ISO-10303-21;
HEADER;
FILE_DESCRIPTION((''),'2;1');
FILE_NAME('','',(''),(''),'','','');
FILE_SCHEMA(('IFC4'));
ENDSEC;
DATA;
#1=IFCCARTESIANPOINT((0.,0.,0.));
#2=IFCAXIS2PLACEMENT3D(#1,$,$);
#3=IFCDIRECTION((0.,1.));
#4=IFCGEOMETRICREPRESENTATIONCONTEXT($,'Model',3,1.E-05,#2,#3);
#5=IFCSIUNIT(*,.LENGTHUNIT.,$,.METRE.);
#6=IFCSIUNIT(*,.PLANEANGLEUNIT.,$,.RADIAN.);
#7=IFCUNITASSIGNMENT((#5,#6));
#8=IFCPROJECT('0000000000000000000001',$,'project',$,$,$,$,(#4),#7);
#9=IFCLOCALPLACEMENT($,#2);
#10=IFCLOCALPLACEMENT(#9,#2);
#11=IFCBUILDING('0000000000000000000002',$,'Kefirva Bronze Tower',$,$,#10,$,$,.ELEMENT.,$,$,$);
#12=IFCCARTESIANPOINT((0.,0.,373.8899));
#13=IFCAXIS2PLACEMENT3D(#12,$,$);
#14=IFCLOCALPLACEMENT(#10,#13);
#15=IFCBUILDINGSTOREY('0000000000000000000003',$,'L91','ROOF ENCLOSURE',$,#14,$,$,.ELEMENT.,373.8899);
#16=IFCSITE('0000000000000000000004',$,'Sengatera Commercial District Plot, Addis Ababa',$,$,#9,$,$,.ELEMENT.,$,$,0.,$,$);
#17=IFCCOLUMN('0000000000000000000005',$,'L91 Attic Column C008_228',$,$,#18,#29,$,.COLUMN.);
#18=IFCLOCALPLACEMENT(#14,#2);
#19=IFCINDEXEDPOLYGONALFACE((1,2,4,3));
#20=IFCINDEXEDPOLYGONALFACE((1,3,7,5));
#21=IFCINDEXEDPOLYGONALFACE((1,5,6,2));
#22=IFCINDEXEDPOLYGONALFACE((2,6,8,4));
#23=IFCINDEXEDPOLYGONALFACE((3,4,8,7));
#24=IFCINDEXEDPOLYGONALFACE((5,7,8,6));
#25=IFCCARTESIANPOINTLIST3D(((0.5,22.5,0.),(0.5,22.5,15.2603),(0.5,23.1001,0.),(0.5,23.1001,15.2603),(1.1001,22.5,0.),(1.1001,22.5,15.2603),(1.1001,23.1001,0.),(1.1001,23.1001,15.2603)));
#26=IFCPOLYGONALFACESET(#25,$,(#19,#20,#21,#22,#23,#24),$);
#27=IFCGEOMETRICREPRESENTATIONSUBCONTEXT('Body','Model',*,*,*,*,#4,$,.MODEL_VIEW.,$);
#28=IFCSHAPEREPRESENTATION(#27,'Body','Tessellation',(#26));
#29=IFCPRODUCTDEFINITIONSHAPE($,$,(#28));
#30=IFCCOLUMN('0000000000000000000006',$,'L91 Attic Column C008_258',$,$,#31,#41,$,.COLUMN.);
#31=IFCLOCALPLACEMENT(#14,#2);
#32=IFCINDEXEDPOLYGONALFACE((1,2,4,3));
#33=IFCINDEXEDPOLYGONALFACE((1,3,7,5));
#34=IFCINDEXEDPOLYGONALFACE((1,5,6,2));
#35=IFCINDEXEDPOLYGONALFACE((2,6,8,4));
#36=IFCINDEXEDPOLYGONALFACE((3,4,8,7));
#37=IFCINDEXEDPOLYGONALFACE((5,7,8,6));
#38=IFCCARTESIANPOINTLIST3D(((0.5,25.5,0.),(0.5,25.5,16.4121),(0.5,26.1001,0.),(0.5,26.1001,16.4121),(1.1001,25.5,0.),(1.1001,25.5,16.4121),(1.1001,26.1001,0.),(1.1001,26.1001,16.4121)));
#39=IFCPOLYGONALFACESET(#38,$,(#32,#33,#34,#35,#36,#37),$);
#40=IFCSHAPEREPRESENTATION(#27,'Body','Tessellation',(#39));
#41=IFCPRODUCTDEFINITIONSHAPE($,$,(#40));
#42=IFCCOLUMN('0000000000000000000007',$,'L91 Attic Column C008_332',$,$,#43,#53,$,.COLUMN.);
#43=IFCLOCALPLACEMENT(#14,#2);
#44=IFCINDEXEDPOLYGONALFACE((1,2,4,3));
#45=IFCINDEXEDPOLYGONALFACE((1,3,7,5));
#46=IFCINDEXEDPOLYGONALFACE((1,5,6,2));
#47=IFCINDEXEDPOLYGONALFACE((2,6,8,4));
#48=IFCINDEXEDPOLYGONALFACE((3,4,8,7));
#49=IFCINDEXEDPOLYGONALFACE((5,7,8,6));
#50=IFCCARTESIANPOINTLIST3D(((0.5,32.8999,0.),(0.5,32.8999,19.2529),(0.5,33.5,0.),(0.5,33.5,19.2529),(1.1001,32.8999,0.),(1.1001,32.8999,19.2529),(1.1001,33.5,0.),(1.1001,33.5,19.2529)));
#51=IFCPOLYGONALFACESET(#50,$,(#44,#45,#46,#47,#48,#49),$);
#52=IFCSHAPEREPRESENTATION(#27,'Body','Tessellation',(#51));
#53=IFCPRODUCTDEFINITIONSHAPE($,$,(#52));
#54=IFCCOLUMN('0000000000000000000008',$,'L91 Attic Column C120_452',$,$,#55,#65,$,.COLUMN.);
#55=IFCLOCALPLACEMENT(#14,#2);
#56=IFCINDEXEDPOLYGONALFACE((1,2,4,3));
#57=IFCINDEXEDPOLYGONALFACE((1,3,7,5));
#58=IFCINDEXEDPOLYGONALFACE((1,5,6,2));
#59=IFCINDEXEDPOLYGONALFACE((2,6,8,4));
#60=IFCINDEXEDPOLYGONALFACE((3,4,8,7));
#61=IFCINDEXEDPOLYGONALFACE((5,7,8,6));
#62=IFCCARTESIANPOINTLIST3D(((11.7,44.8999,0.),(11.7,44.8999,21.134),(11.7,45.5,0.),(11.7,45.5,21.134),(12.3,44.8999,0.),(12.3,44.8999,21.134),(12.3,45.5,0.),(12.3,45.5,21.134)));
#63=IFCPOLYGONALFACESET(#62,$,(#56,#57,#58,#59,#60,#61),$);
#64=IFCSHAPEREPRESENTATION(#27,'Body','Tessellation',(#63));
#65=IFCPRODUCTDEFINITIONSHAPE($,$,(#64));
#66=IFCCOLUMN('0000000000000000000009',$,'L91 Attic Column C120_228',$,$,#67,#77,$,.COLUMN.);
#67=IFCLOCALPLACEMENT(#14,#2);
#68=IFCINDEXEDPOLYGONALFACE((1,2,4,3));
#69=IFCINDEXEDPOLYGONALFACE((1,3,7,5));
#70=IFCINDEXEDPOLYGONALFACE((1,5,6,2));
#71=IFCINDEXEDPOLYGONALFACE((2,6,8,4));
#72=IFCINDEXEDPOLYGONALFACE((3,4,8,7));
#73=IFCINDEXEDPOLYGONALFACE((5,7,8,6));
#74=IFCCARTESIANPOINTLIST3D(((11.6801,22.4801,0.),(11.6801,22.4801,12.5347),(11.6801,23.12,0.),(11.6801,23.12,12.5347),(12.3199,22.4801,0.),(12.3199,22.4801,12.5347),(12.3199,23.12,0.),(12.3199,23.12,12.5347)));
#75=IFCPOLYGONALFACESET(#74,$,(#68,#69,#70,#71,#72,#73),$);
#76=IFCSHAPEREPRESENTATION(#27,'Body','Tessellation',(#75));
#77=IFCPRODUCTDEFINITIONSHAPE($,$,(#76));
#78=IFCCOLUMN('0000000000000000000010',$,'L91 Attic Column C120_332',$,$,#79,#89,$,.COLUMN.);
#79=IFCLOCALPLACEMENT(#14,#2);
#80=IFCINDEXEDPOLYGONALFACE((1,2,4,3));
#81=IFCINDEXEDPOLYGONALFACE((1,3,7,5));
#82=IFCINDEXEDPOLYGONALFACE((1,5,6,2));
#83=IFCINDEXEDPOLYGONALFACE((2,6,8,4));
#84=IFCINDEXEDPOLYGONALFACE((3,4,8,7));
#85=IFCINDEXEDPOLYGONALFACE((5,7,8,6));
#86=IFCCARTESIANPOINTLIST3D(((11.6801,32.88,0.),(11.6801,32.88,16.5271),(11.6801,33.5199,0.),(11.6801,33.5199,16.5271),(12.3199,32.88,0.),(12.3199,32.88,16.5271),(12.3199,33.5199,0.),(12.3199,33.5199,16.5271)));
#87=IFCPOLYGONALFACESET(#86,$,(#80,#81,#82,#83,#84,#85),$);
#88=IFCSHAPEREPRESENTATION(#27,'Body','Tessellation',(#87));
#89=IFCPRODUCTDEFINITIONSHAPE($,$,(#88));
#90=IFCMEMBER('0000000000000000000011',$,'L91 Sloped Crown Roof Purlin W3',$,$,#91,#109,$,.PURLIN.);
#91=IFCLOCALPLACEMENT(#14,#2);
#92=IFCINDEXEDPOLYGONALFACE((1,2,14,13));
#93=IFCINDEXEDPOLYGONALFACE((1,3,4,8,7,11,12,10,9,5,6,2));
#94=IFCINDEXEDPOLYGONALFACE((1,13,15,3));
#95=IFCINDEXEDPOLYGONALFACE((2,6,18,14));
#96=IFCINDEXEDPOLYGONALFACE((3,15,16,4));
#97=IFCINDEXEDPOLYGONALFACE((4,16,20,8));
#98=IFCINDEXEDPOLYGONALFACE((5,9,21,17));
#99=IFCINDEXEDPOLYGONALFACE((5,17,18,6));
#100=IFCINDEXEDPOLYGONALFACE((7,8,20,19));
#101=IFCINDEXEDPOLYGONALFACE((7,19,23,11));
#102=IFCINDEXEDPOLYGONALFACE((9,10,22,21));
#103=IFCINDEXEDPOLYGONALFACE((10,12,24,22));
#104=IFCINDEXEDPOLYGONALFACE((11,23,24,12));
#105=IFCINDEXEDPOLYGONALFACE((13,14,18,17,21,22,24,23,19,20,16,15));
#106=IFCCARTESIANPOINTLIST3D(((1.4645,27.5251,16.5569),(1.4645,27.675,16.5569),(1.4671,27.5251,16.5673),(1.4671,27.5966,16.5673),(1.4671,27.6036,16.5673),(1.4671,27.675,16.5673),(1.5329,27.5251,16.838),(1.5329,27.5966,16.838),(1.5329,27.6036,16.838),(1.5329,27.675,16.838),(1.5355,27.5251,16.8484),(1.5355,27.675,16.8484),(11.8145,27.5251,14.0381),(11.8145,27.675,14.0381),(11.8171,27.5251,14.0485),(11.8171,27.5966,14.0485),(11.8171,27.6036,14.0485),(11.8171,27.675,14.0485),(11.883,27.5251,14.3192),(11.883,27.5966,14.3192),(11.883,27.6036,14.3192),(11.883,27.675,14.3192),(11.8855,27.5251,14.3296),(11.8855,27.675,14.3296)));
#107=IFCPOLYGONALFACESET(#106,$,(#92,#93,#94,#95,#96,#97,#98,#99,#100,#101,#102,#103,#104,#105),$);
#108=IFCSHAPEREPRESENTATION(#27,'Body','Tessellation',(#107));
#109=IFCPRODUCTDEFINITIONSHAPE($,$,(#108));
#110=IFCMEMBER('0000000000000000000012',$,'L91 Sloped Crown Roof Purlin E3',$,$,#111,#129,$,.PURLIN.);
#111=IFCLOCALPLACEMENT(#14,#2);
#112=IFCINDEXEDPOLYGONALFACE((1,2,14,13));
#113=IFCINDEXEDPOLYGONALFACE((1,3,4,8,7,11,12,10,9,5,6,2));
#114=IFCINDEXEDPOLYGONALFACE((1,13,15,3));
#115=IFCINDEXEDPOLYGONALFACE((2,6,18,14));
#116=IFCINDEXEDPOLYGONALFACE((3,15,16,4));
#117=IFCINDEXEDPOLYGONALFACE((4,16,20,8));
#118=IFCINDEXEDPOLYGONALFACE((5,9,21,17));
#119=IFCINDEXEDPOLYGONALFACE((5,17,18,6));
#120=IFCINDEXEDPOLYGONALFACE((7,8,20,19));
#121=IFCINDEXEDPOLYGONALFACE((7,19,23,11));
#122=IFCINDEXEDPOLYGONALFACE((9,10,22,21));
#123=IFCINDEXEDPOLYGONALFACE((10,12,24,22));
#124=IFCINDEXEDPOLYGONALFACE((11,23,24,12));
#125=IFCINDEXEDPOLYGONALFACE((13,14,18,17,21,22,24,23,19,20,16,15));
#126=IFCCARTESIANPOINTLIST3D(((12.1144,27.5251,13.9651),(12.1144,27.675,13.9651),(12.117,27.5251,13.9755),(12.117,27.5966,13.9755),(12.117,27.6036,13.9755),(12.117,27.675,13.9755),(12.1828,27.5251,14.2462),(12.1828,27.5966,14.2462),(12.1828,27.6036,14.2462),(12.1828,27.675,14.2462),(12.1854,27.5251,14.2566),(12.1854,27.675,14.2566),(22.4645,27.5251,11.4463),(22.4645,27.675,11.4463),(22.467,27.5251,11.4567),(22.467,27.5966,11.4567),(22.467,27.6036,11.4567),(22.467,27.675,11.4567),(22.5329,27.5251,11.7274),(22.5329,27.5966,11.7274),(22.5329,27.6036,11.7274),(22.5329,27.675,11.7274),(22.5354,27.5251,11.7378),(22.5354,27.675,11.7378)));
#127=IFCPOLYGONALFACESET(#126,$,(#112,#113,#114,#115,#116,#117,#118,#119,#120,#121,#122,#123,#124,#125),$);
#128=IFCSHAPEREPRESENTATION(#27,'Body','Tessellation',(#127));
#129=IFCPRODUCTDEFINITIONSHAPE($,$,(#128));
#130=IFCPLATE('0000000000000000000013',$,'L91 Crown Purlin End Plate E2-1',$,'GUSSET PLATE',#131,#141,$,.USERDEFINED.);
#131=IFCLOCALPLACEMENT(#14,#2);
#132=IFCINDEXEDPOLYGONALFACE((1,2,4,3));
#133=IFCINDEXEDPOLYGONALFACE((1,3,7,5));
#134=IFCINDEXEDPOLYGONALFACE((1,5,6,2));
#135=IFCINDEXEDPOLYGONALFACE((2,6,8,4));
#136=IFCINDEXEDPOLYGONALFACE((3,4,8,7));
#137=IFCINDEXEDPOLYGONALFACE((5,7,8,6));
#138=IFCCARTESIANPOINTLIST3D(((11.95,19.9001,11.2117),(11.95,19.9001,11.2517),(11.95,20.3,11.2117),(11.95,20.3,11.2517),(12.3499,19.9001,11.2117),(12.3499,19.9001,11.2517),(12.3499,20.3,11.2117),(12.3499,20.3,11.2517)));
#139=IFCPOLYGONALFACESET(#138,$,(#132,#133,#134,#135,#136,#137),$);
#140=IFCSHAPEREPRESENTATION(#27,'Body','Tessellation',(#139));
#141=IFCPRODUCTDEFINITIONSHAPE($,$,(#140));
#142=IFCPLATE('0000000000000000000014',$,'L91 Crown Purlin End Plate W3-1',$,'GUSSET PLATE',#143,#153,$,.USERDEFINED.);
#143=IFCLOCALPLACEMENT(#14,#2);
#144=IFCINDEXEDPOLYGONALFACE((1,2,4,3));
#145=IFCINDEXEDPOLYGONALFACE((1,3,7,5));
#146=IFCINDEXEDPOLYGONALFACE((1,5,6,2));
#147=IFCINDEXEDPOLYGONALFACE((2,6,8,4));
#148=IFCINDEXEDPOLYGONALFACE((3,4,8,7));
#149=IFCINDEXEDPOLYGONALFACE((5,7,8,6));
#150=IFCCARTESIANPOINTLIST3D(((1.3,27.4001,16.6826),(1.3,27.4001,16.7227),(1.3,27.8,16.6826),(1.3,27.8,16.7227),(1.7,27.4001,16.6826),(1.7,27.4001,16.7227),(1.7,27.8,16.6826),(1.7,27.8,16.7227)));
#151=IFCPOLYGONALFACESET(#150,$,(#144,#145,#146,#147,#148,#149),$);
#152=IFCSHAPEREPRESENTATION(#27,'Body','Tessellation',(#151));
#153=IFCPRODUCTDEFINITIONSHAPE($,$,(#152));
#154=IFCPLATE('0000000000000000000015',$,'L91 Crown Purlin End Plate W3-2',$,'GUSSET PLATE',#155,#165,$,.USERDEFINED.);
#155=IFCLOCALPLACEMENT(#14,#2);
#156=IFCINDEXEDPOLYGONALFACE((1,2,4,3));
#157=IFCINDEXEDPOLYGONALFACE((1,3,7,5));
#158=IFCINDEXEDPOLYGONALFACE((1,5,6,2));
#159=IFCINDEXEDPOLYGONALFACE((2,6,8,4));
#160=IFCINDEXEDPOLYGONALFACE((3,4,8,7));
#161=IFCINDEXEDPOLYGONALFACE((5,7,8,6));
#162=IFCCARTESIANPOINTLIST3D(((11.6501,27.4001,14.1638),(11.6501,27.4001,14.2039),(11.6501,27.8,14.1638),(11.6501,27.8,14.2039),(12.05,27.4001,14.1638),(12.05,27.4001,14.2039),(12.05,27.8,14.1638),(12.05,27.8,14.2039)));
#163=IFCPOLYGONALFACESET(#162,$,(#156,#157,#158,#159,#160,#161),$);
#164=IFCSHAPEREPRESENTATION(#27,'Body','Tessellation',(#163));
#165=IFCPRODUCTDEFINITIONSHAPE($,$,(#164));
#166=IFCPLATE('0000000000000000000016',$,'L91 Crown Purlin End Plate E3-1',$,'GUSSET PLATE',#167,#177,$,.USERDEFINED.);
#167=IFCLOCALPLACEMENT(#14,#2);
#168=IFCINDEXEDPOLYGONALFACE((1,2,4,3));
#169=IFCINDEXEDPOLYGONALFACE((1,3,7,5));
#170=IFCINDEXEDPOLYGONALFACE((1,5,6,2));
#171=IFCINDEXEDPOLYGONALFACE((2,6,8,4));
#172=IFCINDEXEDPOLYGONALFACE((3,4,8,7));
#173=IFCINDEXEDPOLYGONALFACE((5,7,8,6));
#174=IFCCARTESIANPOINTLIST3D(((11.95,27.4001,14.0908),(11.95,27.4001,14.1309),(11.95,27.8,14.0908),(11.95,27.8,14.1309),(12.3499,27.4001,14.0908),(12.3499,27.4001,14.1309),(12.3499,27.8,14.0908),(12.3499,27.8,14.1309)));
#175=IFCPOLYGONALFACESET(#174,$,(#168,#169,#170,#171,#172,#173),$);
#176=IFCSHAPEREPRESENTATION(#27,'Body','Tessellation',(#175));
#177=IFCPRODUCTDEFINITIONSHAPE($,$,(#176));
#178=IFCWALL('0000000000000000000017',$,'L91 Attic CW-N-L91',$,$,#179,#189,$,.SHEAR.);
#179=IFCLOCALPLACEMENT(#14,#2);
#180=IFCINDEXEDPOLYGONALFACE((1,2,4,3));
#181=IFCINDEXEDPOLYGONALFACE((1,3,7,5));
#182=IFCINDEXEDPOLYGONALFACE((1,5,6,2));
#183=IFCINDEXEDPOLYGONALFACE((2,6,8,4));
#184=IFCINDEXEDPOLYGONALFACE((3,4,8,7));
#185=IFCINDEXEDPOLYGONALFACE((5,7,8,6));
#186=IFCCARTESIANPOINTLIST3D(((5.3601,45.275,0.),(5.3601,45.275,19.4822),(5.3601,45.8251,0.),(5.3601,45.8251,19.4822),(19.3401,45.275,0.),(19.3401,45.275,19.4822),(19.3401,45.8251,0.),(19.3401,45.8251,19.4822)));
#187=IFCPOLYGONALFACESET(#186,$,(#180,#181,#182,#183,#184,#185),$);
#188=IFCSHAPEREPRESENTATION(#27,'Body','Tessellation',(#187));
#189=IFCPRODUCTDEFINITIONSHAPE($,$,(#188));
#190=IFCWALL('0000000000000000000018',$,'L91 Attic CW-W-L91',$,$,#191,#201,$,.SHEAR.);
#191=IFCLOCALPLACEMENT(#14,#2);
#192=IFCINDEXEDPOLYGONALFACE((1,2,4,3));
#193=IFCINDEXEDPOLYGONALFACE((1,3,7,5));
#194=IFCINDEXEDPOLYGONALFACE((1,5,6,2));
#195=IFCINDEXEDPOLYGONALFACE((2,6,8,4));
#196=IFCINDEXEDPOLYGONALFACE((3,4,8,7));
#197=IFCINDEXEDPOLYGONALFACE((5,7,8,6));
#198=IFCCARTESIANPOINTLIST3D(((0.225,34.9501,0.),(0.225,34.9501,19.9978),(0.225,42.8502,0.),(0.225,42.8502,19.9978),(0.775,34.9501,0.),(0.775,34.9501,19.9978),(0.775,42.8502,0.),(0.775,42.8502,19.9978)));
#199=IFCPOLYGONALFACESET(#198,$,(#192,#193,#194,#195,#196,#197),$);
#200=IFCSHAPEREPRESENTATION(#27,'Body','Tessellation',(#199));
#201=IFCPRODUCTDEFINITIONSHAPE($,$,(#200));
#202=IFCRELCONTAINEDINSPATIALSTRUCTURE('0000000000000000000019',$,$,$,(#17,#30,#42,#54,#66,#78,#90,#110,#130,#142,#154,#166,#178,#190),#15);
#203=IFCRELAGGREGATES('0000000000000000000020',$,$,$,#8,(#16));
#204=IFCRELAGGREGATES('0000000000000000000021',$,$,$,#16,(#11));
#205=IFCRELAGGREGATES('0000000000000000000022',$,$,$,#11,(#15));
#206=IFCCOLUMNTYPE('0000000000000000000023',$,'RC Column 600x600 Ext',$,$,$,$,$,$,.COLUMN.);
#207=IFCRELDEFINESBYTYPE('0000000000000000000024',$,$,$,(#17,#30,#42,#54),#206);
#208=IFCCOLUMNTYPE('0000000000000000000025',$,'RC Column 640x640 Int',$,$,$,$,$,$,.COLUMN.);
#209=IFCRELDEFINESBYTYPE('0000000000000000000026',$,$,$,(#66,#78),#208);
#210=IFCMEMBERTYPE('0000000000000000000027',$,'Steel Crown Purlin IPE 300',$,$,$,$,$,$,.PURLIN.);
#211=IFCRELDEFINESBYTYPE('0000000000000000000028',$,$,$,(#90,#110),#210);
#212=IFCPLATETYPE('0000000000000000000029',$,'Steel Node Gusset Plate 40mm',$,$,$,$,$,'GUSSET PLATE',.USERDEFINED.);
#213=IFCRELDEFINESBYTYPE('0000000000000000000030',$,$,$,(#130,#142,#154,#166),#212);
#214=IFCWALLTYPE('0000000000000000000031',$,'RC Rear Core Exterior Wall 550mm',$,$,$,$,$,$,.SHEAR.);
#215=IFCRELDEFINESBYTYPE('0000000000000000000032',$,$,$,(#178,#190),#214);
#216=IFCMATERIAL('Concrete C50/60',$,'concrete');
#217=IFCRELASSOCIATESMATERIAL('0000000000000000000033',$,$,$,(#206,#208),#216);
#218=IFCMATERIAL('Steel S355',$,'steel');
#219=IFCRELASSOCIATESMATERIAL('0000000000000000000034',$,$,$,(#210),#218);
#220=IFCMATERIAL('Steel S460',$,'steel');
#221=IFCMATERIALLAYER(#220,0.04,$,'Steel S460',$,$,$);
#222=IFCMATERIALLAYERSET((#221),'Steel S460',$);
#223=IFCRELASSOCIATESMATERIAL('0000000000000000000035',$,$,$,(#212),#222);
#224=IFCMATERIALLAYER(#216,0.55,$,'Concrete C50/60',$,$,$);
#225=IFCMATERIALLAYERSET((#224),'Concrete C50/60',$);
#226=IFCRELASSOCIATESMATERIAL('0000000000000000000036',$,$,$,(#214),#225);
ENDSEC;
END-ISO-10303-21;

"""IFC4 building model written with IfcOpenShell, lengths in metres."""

from ifc_helpers import new_model, si_unit, direction, frame, frame_2d, origin, origin_2d, place, context, subcontext, project, spatial, rectangle, i_section, extrude, material, layer, layer_set, material_profile, profile_set, type_object, element, save


model = new_model("IFC4")

# Units and contexts
model_context = context("Model", 3, precision=1e-05, world=origin(), true_north=direction((0.0, 1.0)))
body_context = subcontext(model_context, "Body", "Model", "MODEL_VIEW")
ifc_project = project(units=[si_unit("LENGTHUNIT", "METRE"), si_unit("PLANEANGLEUNIT", "RADIAN")], contexts=[model_context])

# Site, building, storey
site_placement = place(None, origin())
site = spatial("IfcSite", under=ifc_project, at=site_placement, Name="Sengatera Commercial District Plot, Addis Ababa", CompositionType="ELEMENT", RefElevation=0.0)
building_placement = place(site_placement, origin())
building = spatial("IfcBuilding", under=site, at=building_placement, Name="Kefirva Bronze Tower", CompositionType="ELEMENT")
storey_placement = place(building_placement, frame((0.0, 0.0, 373.8899)))
storey = spatial("IfcBuildingStorey", under=building, at=storey_placement, Name="L91", Description="ROOF ENCLOSURE", CompositionType="ELEMENT", Elevation=373.8899)

# Columns
ifc_material_1 = material(Name="Concrete C50/60", Category="concrete")
ifc_material_profile_1 = material_profile(ifc_material_1, rectangle(XDim=0.6001, YDim=0.6001, at=origin_2d()), Name="RC 600x600")
ifc_profile_set_1 = profile_set([ifc_material_profile_1], Name="Concrete C50/60")
column_type_1 = type_object("IfcColumnType", Name="RC Column 600x600 Ext", PredefinedType="COLUMN", material=ifc_profile_set_1)
column_1_placement = place(storey_placement, frame((0.8, 22.8, 0.0), z_axis=(0.0, 0.0, 1.0), x_axis=(1.0, 0.0, 0.0)))
element("IfcColumn", 1, at=column_1_placement, inside=storey, type_object=column_type_1, Name="L91 Attic Column C008_228", PredefinedType="COLUMN", context=body_context, shape_type="SweptSolid", body=[
    extrude(rectangle(XDim=0.6001, YDim=0.6001, at=origin_2d()), origin(), (0.0, 0.0, 1.0), 15.2603),
])
column_2_placement = place(storey_placement, frame((0.8, 25.8, 0.0), z_axis=(0.0, 0.0, 1.0), x_axis=(1.0, 0.0, 0.0)))
element("IfcColumn", 2, at=column_2_placement, inside=storey, type_object=column_type_1, Name="L91 Attic Column C008_258", PredefinedType="COLUMN", context=body_context, shape_type="SweptSolid", body=[
    extrude(rectangle(XDim=0.6001, YDim=0.6001, at=origin_2d()), origin(), (0.0, 0.0, 1.0), 16.4121),
])
column_3_placement = place(storey_placement, frame((0.8, 33.2, 0.0), z_axis=(0.0, 0.0, 1.0), x_axis=(1.0, 0.0, 0.0)))
element("IfcColumn", 3, at=column_3_placement, inside=storey, type_object=column_type_1, Name="L91 Attic Column C008_332", PredefinedType="COLUMN", context=body_context, shape_type="SweptSolid", body=[
    extrude(rectangle(XDim=0.6001, YDim=0.6001, at=origin_2d()), origin(), (0.0, 0.0, 1.0), 19.2529),
])
column_4_placement = place(storey_placement, frame((12.0, 45.2, 0.0), z_axis=(0.0, 0.0, 1.0), x_axis=(1.0, 0.0, 0.0)))
element("IfcColumn", 4, at=column_4_placement, inside=storey, type_object=column_type_1, Name="L91 Attic Column C120_452", PredefinedType="COLUMN", context=body_context, shape_type="SweptSolid", body=[
    extrude(rectangle(XDim=0.6001, YDim=0.6001, at=origin_2d()), origin(), (0.0, 0.0, 1.0), 21.134),
])
ifc_material_profile_2 = material_profile(ifc_material_1, rectangle(XDim=0.6399, YDim=0.6399, at=origin_2d()), Name="RC 640x640")
ifc_profile_set_2 = profile_set([ifc_material_profile_2], Name="Concrete C50/60")
column_type_2 = type_object("IfcColumnType", Name="RC Column 640x640 Int", PredefinedType="COLUMN", material=ifc_profile_set_2)
column_5_placement = place(storey_placement, frame((12.0, 22.8, 0.0), z_axis=(0.0, 0.0, 1.0), x_axis=(1.0, 0.0, 0.0)))
element("IfcColumn", 5, at=column_5_placement, inside=storey, type_object=column_type_2, Name="L91 Attic Column C120_228", PredefinedType="COLUMN", context=body_context, shape_type="SweptSolid", body=[
    extrude(rectangle(XDim=0.6399, YDim=0.6399, at=origin_2d()), origin(), (0.0, 0.0, 1.0), 12.5347),
])
column_6_placement = place(storey_placement, frame((12.0, 33.2, 0.0), z_axis=(0.0, 0.0, 1.0), x_axis=(1.0, 0.0, 0.0)))
element("IfcColumn", 6, at=column_6_placement, inside=storey, type_object=column_type_2, Name="L91 Attic Column C120_332", PredefinedType="COLUMN", context=body_context, shape_type="SweptSolid", body=[
    extrude(rectangle(XDim=0.6399, YDim=0.6399, at=origin_2d()), origin(), (0.0, 0.0, 1.0), 16.5271),
])

# Members
ifc_material_2 = material(Name="Steel S355", Category="steel")
ifc_material_profile_3 = material_profile(ifc_material_2, i_section(OverallWidth=0.1499, OverallDepth=0.3, WebThickness=0.0071, FlangeThickness=0.0107, at=origin_2d()), Name="IPE 300")
ifc_profile_set_3 = profile_set([ifc_material_profile_3], Name="Steel S355")
member_type = type_object("IfcMemberType", Name="Steel Crown Purlin IPE 300", PredefinedType="PURLIN", material=ifc_profile_set_3)
for number, where, z_axis, x_axis, name in (
    (7, (1.5, 27.6001, 16.7026), (0.971642, 0.0, -0.236459), (0.0, 1.0, 0.0), "L91 Sloped Crown Roof Purlin W3"),
    (8, (12.1499, 27.6001, 14.1108), (0.971642, 0.0, -0.236459), (0.0, 1.0, 0.0), "L91 Sloped Crown Roof Purlin E3"),
):
    element("IfcMember", number, at=place(storey_placement, frame(where, z_axis=z_axis, x_axis=x_axis)), inside=storey, type_object=member_type, Name=name, PredefinedType="PURLIN", context=body_context, shape_type="SweptSolid", body=[
        extrude(i_section(OverallWidth=0.1499, OverallDepth=0.3, WebThickness=0.0071, FlangeThickness=0.0107, at=origin_2d()), origin(), (0.0, 0.0, 1.0), 10.6521),
    ])

# Plates
ifc_material_3 = material(Name="Steel S460", Category="steel")
ifc_layer_1 = layer(ifc_material_3, 0.04, Name="Steel S460")
ifc_layer_set_1 = layer_set([ifc_layer_1], Name="Steel S460")
plate_type = type_object("IfcPlateType", Name="Steel Node Gusset Plate 40mm", ElementType="GUSSET PLATE", PredefinedType="USERDEFINED", material=ifc_layer_set_1)
for number, where, z_axis, x_axis, name in (
    (9, (12.1499, 20.1001, 11.2117), (0.0, 0.0, 1.0), (1.0, 0.0, 0.0), "L91 Crown Purlin End Plate E2-1"),
    (10, (1.5, 27.6001, 16.6826), (0.0, 0.0, 1.0), (1.0, 0.0, 0.0), "L91 Crown Purlin End Plate W3-1"),
    (11, (11.8501, 27.6001, 14.1638), (0.0, 0.0, 1.0), (1.0, 0.0, 0.0), "L91 Crown Purlin End Plate W3-2"),
    (12, (12.1499, 27.6001, 14.0908), (0.0, 0.0, 1.0), (1.0, 0.0, 0.0), "L91 Crown Purlin End Plate E3-1"),
):
    element("IfcPlate", number, at=place(storey_placement, frame(where, z_axis=z_axis, x_axis=x_axis)), inside=storey, type_object=plate_type, Name=name, ObjectType="GUSSET PLATE", PredefinedType="USERDEFINED", context=body_context, shape_type="SweptSolid", body=[
        extrude(rectangle(XDim=0.3999, YDim=0.3999, at=origin_2d()), origin(), (0.0, 0.0, 1.0), 0.04),
    ])

# Walls
ifc_layer_2 = layer(ifc_material_1, 0.55, Name="Concrete C50/60")
ifc_layer_set_2 = layer_set([ifc_layer_2], Name="Concrete C50/60")
wall_type = type_object("IfcWallType", Name="RC Rear Core Exterior Wall 550mm", PredefinedType="SHEAR", material=ifc_layer_set_2)
wall_1_placement = place(storey_placement, frame((5.3601, 45.55, 0.0), z_axis=(0.0, 0.0, 1.0), x_axis=(1.0, 0.0, 0.0)))
element("IfcWall", 13, at=wall_1_placement, inside=storey, type_object=wall_type, Name="L91 Attic CW-N-L91", PredefinedType="SHEAR", context=body_context, shape_type="SweptSolid", body=[
    extrude(rectangle(XDim=13.98, YDim=0.55, at=frame_2d((6.99, 0.0))), origin(), (0.0, 0.0, 1.0), 19.4822),
])
wall_2_placement = place(storey_placement, frame((0.5, 34.95, 0.0), z_axis=(0.0, 0.0, 1.0), x_axis=(0.0, 1.0, 0.0)))
element("IfcWall", 14, at=wall_2_placement, inside=storey, type_object=wall_type, Name="L91 Attic CW-W-L91", PredefinedType="SHEAR", context=body_context, shape_type="SweptSolid", body=[
    extrude(rectangle(XDim=7.9001, YDim=0.55, at=frame_2d((3.9502, 0.0))), origin(), (0.0, 0.0, 1.0), 19.9978),
])

save(model, "model.ifc")
